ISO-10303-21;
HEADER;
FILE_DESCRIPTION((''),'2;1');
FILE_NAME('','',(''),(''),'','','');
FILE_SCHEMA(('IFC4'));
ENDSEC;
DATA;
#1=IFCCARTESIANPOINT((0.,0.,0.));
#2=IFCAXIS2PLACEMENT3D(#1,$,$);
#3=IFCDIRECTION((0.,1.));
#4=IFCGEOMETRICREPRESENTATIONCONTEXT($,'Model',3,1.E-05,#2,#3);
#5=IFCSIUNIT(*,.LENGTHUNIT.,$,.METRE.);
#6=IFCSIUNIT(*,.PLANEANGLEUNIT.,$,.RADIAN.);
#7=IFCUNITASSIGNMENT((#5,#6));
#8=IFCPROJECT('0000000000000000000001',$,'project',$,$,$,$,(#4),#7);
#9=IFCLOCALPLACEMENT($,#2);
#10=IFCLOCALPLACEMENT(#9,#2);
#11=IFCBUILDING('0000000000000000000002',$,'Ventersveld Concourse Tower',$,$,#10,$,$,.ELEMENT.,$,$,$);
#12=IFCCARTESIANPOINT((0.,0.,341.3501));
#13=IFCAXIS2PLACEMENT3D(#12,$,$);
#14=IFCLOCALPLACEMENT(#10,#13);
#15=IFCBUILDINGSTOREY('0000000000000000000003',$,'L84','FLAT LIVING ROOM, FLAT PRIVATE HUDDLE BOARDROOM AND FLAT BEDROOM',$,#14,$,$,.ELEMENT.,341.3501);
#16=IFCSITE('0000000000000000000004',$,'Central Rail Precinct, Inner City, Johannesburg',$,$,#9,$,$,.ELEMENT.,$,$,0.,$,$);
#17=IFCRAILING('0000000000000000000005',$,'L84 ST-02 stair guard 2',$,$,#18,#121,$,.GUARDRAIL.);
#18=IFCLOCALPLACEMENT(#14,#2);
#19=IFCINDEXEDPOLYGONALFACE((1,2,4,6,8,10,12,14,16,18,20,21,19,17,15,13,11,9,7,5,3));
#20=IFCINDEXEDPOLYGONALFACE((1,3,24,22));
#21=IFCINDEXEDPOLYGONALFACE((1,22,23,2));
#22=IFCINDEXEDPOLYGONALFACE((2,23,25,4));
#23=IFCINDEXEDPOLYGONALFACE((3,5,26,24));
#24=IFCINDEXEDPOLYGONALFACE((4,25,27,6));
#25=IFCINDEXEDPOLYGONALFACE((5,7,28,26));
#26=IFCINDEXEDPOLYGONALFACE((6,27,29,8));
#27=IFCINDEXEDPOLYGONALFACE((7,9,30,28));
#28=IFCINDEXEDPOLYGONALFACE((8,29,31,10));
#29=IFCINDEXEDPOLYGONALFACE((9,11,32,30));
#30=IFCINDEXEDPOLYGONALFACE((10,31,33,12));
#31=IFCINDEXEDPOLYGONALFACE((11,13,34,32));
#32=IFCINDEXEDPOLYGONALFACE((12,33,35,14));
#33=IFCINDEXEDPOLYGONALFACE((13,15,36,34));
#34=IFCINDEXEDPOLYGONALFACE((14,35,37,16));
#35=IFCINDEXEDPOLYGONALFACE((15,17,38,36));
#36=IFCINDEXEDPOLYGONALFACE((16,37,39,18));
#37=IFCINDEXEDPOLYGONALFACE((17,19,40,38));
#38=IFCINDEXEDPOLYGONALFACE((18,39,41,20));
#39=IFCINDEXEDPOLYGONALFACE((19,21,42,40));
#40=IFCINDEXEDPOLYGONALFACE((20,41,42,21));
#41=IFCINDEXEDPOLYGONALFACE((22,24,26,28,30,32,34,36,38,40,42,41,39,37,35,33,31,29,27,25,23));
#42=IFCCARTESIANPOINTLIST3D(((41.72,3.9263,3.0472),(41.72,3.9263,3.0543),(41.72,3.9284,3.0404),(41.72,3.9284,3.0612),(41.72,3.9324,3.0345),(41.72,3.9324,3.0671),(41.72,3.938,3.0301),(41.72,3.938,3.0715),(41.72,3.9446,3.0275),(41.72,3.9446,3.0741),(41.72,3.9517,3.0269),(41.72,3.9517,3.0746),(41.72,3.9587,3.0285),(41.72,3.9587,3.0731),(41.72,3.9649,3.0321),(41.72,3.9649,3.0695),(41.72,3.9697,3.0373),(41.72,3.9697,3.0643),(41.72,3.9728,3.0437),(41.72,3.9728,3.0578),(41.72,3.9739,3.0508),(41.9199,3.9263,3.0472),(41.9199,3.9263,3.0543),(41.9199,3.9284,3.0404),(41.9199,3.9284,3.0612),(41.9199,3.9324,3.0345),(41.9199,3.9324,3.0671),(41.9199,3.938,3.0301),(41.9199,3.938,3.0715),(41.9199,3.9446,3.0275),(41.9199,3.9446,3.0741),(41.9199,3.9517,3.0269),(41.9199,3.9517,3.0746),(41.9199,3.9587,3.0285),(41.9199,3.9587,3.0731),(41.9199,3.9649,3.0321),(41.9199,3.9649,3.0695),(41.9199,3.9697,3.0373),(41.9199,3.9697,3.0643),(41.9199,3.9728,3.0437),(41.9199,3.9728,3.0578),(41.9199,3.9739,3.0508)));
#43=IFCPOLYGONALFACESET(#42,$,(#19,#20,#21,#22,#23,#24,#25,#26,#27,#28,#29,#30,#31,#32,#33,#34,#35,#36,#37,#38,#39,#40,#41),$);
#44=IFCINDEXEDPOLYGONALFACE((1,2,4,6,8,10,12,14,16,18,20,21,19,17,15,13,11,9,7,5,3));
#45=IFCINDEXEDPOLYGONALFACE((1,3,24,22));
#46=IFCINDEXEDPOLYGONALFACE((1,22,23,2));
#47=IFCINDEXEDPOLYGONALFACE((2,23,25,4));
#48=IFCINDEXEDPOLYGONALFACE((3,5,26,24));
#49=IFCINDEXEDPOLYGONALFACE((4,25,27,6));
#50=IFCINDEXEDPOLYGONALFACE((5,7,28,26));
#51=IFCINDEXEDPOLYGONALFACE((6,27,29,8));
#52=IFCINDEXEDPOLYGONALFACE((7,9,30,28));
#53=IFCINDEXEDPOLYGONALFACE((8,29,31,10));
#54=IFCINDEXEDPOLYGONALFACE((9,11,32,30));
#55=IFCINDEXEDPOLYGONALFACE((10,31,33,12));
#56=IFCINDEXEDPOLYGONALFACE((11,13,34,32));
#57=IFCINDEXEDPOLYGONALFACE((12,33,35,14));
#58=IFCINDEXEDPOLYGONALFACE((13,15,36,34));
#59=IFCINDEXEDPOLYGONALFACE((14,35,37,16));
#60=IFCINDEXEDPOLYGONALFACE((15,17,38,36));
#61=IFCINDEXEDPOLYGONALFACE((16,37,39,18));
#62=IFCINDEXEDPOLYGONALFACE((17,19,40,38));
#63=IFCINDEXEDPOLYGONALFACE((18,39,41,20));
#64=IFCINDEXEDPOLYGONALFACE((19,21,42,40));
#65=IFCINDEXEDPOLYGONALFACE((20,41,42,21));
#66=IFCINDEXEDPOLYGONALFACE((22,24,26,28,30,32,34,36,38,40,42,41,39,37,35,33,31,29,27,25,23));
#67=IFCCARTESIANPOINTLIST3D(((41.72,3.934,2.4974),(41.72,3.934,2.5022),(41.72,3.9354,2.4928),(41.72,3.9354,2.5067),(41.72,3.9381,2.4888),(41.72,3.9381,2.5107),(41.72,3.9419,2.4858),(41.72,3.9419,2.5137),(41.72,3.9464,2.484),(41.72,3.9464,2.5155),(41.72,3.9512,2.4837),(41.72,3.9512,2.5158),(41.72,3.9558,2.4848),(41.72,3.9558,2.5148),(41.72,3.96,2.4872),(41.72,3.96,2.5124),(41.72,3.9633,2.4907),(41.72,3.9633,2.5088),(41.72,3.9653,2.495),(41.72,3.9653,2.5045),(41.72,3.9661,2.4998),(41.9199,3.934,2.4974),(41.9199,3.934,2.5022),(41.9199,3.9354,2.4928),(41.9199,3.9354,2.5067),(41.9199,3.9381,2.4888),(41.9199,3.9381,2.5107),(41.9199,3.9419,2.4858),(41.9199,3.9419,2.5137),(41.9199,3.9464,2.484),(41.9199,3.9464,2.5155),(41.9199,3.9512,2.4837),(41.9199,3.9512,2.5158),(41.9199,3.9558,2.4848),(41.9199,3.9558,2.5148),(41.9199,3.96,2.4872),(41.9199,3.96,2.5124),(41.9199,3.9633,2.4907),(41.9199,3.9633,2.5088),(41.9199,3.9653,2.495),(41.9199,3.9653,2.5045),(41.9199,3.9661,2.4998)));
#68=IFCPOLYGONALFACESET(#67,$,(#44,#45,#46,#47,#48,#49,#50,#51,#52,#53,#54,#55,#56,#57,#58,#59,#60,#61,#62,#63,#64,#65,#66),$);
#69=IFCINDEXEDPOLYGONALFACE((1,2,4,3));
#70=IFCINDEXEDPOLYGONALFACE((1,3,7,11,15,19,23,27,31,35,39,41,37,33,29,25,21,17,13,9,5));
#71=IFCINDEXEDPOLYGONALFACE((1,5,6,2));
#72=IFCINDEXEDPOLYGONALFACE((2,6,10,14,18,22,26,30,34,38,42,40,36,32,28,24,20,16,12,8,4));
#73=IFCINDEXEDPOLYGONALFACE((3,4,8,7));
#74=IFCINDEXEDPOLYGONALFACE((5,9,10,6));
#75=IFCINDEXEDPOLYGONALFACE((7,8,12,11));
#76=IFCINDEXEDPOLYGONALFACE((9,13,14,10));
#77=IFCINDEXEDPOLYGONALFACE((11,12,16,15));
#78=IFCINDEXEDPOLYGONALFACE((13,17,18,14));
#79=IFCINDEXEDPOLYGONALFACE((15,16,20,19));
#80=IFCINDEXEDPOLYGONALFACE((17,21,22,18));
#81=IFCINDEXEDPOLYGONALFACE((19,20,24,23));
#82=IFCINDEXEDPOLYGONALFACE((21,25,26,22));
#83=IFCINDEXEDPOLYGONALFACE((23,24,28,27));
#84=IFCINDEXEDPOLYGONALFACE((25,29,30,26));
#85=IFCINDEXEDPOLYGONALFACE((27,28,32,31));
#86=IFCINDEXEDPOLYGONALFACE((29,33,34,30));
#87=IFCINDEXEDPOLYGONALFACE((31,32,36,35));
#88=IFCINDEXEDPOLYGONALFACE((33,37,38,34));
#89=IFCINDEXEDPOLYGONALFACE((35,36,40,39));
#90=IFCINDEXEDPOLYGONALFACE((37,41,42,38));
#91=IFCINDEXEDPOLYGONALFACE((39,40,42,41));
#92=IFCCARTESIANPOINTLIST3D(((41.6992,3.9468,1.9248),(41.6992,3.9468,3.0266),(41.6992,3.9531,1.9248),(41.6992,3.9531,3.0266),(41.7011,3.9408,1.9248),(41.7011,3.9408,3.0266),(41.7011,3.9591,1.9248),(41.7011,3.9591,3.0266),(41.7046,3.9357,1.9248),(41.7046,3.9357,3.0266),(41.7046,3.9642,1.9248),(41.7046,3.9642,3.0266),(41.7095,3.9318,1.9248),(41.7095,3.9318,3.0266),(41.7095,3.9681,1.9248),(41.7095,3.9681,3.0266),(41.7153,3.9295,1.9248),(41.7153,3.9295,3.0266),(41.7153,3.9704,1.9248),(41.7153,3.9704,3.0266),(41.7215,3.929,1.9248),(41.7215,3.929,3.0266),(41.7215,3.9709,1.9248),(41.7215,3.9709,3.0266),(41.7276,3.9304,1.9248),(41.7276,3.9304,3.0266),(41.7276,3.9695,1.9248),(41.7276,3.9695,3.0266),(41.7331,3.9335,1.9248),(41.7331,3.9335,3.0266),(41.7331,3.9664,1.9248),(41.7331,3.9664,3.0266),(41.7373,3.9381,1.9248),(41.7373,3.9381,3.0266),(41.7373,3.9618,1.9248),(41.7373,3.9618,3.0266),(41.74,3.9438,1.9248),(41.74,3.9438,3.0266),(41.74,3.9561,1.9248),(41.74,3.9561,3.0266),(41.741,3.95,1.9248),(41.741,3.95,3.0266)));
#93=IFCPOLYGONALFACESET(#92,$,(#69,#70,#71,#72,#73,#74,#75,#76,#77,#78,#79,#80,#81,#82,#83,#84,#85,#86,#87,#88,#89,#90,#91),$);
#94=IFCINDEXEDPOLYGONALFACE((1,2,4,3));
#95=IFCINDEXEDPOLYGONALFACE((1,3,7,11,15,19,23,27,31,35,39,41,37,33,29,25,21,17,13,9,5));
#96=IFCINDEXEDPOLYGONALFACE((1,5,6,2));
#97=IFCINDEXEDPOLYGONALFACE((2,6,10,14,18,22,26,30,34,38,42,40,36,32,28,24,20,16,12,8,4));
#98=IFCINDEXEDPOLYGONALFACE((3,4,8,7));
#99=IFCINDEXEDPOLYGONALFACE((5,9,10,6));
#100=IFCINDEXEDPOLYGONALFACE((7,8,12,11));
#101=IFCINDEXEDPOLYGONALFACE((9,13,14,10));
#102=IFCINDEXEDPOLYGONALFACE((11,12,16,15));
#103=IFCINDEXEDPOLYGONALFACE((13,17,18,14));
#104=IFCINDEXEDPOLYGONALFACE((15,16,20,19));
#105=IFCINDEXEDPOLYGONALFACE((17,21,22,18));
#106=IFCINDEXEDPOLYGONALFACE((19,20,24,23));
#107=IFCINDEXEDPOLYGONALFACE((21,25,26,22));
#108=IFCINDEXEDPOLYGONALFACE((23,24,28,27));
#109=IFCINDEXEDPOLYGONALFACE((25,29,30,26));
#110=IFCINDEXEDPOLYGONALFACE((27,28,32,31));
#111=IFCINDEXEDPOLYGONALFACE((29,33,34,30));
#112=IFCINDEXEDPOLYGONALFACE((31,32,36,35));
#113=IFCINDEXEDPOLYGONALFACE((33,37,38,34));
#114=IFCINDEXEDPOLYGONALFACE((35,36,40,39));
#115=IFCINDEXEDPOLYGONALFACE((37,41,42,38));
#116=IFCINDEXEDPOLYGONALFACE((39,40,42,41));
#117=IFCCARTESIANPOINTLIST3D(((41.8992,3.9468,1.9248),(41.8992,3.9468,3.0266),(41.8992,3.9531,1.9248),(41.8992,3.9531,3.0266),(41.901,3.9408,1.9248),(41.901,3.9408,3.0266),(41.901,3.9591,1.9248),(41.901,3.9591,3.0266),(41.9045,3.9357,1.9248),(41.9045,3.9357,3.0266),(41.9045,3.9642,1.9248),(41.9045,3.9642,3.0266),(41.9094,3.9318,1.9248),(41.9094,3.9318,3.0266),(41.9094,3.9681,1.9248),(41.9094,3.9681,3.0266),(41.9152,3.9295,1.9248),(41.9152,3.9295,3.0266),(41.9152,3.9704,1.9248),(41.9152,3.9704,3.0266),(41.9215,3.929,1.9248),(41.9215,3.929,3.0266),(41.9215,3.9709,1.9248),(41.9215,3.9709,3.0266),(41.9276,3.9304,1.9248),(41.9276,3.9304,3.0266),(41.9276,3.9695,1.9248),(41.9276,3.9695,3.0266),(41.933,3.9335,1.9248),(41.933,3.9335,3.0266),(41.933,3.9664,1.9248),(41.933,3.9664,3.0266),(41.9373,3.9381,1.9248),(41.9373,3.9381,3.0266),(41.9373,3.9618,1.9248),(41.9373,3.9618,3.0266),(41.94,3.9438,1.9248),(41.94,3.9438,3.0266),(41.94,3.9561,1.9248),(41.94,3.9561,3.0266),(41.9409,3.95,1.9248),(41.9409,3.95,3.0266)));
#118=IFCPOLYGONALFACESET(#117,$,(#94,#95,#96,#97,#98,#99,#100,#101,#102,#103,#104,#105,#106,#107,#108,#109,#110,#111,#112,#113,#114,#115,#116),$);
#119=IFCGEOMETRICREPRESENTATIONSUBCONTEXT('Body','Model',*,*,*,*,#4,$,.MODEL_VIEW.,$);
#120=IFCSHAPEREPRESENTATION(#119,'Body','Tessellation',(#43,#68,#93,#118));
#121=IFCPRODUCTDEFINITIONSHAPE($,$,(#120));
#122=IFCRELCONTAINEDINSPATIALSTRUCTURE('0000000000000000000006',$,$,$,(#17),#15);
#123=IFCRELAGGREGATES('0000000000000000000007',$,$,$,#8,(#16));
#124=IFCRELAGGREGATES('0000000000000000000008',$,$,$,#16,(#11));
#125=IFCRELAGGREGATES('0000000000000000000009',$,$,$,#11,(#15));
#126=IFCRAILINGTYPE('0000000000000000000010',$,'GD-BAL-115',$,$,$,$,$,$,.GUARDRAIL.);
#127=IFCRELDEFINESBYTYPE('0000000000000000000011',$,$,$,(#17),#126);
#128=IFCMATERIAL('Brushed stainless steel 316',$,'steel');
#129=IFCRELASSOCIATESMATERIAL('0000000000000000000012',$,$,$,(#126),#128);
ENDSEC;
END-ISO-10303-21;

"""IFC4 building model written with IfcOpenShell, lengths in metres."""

from ifc_helpers import new_model, si_unit, direction, frame, origin, origin_2d, place, context, subcontext, project, spatial, circle, extrude, material, type_object, element, save


model = new_model("IFC4")

# Units and contexts
model_context = context("Model", 3, precision=1e-05, world=origin(), true_north=direction((0.0, 1.0)))
body_context = subcontext(model_context, "Body", "Model", "MODEL_VIEW")
ifc_project = project(units=[si_unit("LENGTHUNIT", "METRE"), si_unit("PLANEANGLEUNIT", "RADIAN")], contexts=[model_context])

# Site, building, storey
site_placement = place(None, origin())
site = spatial("IfcSite", under=ifc_project, at=site_placement, Name="Central Rail Precinct, Inner City, Johannesburg", CompositionType="ELEMENT", RefElevation=0.0)
building_placement = place(site_placement, origin())
building = spatial("IfcBuilding", under=site, at=building_placement, Name="Ventersveld Concourse Tower", CompositionType="ELEMENT")
storey_placement = place(building_placement, frame((0.0, 0.0, 341.3501)))
storey = spatial("IfcBuildingStorey", under=building, at=storey_placement, Name="L84", Description="FLAT LIVING ROOM, FLAT PRIVATE HUDDLE BOARDROOM AND FLAT BEDROOM", CompositionType="ELEMENT", Elevation=341.3501)

# Railing
ifc_material_1 = material(Name="Brushed stainless steel 316", Category="steel")
railing_type_1 = type_object("IfcRailingType", Name="GD-BAL-115", PredefinedType="GUARDRAIL", material=ifc_material_1)
railing_1_placement = place(storey_placement, frame((41.72, 3.95, 1.9248)))
element("IfcRailing", 1, at=railing_1_placement, inside=storey, type_object=railing_type_1, Name="L84 ST-02 stair guard 2", PredefinedType="GUARDRAIL", context=body_context, shape_type="SweptSolid", body=[
    extrude(circle(Radius=0.0239, at=origin_2d()), frame((0.0, 0.0, 1.126), z_axis=(1.0, 0.0, 0.0), x_axis=(0.0, 1.0, 0.0)), (0.0, 0.0, 1.0), 0.2),
    extrude(circle(Radius=0.0161, at=origin_2d()), frame((0.0, 0.0, 0.575), z_axis=(1.0, 0.0, 0.0), x_axis=(0.0, 1.0, 0.0)), (0.0, 0.0, 1.0), 0.2),
    extrude(circle(Radius=0.021, at=origin_2d()), origin(), (0.0, 0.0, 1.0), 1.1018),
    extrude(circle(Radius=0.021, at=origin_2d()), frame((0.2, 0.0, 0.0)), (0.0, 0.0, 1.0), 1.1018),
])

save(model, "model.ifc")
